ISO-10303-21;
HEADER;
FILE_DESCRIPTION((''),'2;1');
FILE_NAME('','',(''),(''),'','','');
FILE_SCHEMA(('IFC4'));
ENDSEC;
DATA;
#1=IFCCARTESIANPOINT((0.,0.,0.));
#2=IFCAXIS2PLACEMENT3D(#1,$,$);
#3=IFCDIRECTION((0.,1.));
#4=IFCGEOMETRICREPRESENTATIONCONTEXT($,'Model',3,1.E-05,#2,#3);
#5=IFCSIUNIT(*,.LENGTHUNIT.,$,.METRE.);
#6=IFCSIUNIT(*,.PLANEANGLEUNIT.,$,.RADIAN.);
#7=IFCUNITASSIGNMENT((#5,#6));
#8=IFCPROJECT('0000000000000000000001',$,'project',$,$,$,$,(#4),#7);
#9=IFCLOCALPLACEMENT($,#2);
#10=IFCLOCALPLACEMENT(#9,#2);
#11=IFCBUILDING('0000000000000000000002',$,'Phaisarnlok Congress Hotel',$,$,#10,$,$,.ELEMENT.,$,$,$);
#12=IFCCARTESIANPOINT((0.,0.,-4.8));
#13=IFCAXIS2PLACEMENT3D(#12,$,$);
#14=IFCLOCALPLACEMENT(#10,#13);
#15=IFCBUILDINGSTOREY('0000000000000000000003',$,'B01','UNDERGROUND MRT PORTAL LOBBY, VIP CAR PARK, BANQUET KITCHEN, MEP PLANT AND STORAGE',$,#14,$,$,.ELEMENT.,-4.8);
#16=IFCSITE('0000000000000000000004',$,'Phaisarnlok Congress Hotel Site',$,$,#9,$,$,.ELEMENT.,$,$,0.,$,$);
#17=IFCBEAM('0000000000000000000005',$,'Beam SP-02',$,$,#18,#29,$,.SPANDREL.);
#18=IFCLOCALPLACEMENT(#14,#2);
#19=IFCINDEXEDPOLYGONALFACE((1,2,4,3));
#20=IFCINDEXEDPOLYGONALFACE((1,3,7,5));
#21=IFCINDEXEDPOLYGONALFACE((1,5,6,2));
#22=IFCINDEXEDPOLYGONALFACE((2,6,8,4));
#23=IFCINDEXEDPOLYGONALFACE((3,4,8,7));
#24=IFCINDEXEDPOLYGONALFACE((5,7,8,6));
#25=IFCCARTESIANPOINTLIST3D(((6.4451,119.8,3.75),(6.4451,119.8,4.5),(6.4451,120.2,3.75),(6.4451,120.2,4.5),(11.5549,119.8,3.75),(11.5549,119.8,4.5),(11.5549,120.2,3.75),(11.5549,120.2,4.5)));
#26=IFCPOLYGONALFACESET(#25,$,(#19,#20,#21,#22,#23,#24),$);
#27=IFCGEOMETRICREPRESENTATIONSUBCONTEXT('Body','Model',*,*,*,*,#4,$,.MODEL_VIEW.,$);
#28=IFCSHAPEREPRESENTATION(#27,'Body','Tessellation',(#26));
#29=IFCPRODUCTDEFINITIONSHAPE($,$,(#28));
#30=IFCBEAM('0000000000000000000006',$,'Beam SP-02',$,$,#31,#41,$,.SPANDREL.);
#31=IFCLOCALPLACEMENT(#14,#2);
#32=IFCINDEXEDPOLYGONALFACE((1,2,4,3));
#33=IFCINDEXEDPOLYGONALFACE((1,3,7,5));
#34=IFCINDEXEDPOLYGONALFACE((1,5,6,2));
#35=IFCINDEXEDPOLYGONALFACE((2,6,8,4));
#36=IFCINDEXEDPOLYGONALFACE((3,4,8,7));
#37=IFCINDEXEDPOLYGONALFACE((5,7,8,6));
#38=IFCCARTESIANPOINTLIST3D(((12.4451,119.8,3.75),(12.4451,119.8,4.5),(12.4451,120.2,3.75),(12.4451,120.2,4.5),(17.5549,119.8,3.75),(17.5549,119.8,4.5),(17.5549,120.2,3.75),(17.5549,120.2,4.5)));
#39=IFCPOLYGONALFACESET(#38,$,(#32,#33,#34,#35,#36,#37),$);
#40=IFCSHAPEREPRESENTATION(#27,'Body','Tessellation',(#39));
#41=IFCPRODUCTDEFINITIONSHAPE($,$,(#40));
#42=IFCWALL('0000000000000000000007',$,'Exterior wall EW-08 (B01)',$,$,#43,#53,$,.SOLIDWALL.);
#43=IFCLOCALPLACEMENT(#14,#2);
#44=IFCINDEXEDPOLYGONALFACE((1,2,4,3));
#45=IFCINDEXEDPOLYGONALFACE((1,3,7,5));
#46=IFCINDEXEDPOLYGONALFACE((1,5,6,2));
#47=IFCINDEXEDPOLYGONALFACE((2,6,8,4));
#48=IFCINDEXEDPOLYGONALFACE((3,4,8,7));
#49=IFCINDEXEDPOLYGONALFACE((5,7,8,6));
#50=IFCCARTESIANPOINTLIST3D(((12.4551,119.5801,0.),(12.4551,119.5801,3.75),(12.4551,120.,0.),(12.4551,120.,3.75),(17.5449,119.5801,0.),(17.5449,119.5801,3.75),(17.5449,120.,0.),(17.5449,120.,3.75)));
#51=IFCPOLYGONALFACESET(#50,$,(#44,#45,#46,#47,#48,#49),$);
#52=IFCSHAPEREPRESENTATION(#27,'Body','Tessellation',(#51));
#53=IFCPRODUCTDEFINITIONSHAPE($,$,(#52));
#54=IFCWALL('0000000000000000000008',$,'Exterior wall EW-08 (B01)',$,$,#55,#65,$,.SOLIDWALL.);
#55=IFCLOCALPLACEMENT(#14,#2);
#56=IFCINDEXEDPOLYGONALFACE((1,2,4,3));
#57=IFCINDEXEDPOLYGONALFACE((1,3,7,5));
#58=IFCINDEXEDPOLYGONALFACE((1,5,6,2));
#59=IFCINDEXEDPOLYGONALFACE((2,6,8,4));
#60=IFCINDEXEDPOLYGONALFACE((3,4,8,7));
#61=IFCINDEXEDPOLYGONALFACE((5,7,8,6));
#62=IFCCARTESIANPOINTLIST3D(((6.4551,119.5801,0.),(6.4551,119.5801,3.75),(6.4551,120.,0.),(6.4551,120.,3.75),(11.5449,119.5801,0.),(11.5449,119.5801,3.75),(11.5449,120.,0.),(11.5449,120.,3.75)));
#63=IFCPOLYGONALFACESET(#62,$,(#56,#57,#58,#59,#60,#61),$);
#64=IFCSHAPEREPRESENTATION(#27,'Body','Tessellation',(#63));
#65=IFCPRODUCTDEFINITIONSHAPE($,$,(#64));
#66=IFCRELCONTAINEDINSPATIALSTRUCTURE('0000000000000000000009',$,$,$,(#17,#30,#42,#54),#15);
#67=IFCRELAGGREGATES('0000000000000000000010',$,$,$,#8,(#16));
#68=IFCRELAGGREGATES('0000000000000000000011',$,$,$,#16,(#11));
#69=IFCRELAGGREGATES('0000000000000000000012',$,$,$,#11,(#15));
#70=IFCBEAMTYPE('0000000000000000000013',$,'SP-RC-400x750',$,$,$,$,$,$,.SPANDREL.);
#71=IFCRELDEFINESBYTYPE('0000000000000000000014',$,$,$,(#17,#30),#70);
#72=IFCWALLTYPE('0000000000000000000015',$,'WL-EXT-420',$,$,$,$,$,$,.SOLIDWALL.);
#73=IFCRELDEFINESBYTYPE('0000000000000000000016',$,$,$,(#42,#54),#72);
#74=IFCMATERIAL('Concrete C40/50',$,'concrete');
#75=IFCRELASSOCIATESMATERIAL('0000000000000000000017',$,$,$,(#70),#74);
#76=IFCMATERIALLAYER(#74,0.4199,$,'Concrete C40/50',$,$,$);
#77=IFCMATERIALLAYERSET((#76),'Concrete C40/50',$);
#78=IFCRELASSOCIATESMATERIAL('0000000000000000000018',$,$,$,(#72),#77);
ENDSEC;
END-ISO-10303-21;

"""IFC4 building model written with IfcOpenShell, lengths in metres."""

from ifc_helpers import new_model, si_unit, direction, frame, frame_2d, origin, origin_2d, place, context, subcontext, project, spatial, rectangle, extrude, material, layer, layer_set, material_profile, profile_set, type_object, element, save


model = new_model("IFC4")

# Units and contexts
model_context = context("Model", 3, precision=1e-05, world=origin(), true_north=direction((0.0, 1.0)))
body_context = subcontext(model_context, "Body", "Model", "MODEL_VIEW")
ifc_project = project(units=[si_unit("LENGTHUNIT", "METRE"), si_unit("PLANEANGLEUNIT", "RADIAN")], contexts=[model_context])

# Site, building, storey
site_placement = place(None, origin())
site = spatial("IfcSite", under=ifc_project, at=site_placement, Name="Phaisarnlok Congress Hotel Site", CompositionType="ELEMENT", RefElevation=0.0)
building_placement = place(site_placement, origin())
building = spatial("IfcBuilding", under=site, at=building_placement, Name="Phaisarnlok Congress Hotel", CompositionType="ELEMENT")
storey_placement = place(building_placement, frame((0.0, 0.0, -4.8)))
storey = spatial("IfcBuildingStorey", under=building, at=storey_placement, Name="B01", Description="UNDERGROUND MRT PORTAL LOBBY, VIP CAR PARK, BANQUET KITCHEN, MEP PLANT AND STORAGE", CompositionType="ELEMENT", Elevation=-4.8)

# Shared definitions
ifc_material_1 = material(Name="Concrete C40/50", Category="concrete")

# Beams
ifc_material_profile_1 = material_profile(ifc_material_1, rectangle(XDim=0.3999, YDim=0.75, at=origin_2d()), Name="RC 400x750")
ifc_profile_set_1 = profile_set([ifc_material_profile_1], Name="Concrete C40/50")
beam_type_1 = type_object("IfcBeamType", Name="SP-RC-400x750", PredefinedType="SPANDREL", material=ifc_profile_set_1)
for number, where, z_axis, x_axis, name in (
    (1, (6.4451, 120.0, 4.125), (1.0, 0.0, 0.0), (0.0, 1.0, 0.0), "Beam SP-02"),
    (2, (12.4451, 120.0, 4.125), (1.0, 0.0, 0.0), (0.0, 1.0, 0.0), "Beam SP-02"),
):
    element("IfcBeam", number, at=place(storey_placement, frame(where, z_axis=z_axis, x_axis=x_axis)), inside=storey, type_object=beam_type_1, Name=name, PredefinedType="SPANDREL", context=body_context, shape_type="SweptSolid", body=[
        extrude(rectangle(XDim=0.3999, YDim=0.75, at=origin_2d()), origin(), (0.0, 0.0, 1.0), 5.1099),
    ])

# Walls
ifc_layer = layer(ifc_material_1, 0.4199, Name="Concrete C40/50")
ifc_layer_set = layer_set([ifc_layer], Name="Concrete C40/50")
wall_type = type_object("IfcWallType", Name="WL-EXT-420", PredefinedType="SOLIDWALL", material=ifc_layer_set)
for number, where, z_axis, x_axis, name in (
    (3, (17.5449, 119.79, 0.0), (0.0, 0.0, 1.0), (-1.0, 0.0, 0.0), "Exterior wall EW-08 (B01)"),
    (4, (11.5449, 119.79, 0.0), (0.0, 0.0, 1.0), (-1.0, 0.0, 0.0), "Exterior wall EW-08 (B01)"),
):
    element("IfcWall", number, at=place(storey_placement, frame(where, z_axis=z_axis, x_axis=x_axis)), inside=storey, type_object=wall_type, Name=name, PredefinedType="SOLIDWALL", context=body_context, shape_type="SweptSolid", body=[
        extrude(rectangle(XDim=5.0898, YDim=0.4199, at=frame_2d((2.5449, 0.0))), origin(), (0.0, 0.0, 1.0), 3.75),
    ])

save(model, "model.ifc")
